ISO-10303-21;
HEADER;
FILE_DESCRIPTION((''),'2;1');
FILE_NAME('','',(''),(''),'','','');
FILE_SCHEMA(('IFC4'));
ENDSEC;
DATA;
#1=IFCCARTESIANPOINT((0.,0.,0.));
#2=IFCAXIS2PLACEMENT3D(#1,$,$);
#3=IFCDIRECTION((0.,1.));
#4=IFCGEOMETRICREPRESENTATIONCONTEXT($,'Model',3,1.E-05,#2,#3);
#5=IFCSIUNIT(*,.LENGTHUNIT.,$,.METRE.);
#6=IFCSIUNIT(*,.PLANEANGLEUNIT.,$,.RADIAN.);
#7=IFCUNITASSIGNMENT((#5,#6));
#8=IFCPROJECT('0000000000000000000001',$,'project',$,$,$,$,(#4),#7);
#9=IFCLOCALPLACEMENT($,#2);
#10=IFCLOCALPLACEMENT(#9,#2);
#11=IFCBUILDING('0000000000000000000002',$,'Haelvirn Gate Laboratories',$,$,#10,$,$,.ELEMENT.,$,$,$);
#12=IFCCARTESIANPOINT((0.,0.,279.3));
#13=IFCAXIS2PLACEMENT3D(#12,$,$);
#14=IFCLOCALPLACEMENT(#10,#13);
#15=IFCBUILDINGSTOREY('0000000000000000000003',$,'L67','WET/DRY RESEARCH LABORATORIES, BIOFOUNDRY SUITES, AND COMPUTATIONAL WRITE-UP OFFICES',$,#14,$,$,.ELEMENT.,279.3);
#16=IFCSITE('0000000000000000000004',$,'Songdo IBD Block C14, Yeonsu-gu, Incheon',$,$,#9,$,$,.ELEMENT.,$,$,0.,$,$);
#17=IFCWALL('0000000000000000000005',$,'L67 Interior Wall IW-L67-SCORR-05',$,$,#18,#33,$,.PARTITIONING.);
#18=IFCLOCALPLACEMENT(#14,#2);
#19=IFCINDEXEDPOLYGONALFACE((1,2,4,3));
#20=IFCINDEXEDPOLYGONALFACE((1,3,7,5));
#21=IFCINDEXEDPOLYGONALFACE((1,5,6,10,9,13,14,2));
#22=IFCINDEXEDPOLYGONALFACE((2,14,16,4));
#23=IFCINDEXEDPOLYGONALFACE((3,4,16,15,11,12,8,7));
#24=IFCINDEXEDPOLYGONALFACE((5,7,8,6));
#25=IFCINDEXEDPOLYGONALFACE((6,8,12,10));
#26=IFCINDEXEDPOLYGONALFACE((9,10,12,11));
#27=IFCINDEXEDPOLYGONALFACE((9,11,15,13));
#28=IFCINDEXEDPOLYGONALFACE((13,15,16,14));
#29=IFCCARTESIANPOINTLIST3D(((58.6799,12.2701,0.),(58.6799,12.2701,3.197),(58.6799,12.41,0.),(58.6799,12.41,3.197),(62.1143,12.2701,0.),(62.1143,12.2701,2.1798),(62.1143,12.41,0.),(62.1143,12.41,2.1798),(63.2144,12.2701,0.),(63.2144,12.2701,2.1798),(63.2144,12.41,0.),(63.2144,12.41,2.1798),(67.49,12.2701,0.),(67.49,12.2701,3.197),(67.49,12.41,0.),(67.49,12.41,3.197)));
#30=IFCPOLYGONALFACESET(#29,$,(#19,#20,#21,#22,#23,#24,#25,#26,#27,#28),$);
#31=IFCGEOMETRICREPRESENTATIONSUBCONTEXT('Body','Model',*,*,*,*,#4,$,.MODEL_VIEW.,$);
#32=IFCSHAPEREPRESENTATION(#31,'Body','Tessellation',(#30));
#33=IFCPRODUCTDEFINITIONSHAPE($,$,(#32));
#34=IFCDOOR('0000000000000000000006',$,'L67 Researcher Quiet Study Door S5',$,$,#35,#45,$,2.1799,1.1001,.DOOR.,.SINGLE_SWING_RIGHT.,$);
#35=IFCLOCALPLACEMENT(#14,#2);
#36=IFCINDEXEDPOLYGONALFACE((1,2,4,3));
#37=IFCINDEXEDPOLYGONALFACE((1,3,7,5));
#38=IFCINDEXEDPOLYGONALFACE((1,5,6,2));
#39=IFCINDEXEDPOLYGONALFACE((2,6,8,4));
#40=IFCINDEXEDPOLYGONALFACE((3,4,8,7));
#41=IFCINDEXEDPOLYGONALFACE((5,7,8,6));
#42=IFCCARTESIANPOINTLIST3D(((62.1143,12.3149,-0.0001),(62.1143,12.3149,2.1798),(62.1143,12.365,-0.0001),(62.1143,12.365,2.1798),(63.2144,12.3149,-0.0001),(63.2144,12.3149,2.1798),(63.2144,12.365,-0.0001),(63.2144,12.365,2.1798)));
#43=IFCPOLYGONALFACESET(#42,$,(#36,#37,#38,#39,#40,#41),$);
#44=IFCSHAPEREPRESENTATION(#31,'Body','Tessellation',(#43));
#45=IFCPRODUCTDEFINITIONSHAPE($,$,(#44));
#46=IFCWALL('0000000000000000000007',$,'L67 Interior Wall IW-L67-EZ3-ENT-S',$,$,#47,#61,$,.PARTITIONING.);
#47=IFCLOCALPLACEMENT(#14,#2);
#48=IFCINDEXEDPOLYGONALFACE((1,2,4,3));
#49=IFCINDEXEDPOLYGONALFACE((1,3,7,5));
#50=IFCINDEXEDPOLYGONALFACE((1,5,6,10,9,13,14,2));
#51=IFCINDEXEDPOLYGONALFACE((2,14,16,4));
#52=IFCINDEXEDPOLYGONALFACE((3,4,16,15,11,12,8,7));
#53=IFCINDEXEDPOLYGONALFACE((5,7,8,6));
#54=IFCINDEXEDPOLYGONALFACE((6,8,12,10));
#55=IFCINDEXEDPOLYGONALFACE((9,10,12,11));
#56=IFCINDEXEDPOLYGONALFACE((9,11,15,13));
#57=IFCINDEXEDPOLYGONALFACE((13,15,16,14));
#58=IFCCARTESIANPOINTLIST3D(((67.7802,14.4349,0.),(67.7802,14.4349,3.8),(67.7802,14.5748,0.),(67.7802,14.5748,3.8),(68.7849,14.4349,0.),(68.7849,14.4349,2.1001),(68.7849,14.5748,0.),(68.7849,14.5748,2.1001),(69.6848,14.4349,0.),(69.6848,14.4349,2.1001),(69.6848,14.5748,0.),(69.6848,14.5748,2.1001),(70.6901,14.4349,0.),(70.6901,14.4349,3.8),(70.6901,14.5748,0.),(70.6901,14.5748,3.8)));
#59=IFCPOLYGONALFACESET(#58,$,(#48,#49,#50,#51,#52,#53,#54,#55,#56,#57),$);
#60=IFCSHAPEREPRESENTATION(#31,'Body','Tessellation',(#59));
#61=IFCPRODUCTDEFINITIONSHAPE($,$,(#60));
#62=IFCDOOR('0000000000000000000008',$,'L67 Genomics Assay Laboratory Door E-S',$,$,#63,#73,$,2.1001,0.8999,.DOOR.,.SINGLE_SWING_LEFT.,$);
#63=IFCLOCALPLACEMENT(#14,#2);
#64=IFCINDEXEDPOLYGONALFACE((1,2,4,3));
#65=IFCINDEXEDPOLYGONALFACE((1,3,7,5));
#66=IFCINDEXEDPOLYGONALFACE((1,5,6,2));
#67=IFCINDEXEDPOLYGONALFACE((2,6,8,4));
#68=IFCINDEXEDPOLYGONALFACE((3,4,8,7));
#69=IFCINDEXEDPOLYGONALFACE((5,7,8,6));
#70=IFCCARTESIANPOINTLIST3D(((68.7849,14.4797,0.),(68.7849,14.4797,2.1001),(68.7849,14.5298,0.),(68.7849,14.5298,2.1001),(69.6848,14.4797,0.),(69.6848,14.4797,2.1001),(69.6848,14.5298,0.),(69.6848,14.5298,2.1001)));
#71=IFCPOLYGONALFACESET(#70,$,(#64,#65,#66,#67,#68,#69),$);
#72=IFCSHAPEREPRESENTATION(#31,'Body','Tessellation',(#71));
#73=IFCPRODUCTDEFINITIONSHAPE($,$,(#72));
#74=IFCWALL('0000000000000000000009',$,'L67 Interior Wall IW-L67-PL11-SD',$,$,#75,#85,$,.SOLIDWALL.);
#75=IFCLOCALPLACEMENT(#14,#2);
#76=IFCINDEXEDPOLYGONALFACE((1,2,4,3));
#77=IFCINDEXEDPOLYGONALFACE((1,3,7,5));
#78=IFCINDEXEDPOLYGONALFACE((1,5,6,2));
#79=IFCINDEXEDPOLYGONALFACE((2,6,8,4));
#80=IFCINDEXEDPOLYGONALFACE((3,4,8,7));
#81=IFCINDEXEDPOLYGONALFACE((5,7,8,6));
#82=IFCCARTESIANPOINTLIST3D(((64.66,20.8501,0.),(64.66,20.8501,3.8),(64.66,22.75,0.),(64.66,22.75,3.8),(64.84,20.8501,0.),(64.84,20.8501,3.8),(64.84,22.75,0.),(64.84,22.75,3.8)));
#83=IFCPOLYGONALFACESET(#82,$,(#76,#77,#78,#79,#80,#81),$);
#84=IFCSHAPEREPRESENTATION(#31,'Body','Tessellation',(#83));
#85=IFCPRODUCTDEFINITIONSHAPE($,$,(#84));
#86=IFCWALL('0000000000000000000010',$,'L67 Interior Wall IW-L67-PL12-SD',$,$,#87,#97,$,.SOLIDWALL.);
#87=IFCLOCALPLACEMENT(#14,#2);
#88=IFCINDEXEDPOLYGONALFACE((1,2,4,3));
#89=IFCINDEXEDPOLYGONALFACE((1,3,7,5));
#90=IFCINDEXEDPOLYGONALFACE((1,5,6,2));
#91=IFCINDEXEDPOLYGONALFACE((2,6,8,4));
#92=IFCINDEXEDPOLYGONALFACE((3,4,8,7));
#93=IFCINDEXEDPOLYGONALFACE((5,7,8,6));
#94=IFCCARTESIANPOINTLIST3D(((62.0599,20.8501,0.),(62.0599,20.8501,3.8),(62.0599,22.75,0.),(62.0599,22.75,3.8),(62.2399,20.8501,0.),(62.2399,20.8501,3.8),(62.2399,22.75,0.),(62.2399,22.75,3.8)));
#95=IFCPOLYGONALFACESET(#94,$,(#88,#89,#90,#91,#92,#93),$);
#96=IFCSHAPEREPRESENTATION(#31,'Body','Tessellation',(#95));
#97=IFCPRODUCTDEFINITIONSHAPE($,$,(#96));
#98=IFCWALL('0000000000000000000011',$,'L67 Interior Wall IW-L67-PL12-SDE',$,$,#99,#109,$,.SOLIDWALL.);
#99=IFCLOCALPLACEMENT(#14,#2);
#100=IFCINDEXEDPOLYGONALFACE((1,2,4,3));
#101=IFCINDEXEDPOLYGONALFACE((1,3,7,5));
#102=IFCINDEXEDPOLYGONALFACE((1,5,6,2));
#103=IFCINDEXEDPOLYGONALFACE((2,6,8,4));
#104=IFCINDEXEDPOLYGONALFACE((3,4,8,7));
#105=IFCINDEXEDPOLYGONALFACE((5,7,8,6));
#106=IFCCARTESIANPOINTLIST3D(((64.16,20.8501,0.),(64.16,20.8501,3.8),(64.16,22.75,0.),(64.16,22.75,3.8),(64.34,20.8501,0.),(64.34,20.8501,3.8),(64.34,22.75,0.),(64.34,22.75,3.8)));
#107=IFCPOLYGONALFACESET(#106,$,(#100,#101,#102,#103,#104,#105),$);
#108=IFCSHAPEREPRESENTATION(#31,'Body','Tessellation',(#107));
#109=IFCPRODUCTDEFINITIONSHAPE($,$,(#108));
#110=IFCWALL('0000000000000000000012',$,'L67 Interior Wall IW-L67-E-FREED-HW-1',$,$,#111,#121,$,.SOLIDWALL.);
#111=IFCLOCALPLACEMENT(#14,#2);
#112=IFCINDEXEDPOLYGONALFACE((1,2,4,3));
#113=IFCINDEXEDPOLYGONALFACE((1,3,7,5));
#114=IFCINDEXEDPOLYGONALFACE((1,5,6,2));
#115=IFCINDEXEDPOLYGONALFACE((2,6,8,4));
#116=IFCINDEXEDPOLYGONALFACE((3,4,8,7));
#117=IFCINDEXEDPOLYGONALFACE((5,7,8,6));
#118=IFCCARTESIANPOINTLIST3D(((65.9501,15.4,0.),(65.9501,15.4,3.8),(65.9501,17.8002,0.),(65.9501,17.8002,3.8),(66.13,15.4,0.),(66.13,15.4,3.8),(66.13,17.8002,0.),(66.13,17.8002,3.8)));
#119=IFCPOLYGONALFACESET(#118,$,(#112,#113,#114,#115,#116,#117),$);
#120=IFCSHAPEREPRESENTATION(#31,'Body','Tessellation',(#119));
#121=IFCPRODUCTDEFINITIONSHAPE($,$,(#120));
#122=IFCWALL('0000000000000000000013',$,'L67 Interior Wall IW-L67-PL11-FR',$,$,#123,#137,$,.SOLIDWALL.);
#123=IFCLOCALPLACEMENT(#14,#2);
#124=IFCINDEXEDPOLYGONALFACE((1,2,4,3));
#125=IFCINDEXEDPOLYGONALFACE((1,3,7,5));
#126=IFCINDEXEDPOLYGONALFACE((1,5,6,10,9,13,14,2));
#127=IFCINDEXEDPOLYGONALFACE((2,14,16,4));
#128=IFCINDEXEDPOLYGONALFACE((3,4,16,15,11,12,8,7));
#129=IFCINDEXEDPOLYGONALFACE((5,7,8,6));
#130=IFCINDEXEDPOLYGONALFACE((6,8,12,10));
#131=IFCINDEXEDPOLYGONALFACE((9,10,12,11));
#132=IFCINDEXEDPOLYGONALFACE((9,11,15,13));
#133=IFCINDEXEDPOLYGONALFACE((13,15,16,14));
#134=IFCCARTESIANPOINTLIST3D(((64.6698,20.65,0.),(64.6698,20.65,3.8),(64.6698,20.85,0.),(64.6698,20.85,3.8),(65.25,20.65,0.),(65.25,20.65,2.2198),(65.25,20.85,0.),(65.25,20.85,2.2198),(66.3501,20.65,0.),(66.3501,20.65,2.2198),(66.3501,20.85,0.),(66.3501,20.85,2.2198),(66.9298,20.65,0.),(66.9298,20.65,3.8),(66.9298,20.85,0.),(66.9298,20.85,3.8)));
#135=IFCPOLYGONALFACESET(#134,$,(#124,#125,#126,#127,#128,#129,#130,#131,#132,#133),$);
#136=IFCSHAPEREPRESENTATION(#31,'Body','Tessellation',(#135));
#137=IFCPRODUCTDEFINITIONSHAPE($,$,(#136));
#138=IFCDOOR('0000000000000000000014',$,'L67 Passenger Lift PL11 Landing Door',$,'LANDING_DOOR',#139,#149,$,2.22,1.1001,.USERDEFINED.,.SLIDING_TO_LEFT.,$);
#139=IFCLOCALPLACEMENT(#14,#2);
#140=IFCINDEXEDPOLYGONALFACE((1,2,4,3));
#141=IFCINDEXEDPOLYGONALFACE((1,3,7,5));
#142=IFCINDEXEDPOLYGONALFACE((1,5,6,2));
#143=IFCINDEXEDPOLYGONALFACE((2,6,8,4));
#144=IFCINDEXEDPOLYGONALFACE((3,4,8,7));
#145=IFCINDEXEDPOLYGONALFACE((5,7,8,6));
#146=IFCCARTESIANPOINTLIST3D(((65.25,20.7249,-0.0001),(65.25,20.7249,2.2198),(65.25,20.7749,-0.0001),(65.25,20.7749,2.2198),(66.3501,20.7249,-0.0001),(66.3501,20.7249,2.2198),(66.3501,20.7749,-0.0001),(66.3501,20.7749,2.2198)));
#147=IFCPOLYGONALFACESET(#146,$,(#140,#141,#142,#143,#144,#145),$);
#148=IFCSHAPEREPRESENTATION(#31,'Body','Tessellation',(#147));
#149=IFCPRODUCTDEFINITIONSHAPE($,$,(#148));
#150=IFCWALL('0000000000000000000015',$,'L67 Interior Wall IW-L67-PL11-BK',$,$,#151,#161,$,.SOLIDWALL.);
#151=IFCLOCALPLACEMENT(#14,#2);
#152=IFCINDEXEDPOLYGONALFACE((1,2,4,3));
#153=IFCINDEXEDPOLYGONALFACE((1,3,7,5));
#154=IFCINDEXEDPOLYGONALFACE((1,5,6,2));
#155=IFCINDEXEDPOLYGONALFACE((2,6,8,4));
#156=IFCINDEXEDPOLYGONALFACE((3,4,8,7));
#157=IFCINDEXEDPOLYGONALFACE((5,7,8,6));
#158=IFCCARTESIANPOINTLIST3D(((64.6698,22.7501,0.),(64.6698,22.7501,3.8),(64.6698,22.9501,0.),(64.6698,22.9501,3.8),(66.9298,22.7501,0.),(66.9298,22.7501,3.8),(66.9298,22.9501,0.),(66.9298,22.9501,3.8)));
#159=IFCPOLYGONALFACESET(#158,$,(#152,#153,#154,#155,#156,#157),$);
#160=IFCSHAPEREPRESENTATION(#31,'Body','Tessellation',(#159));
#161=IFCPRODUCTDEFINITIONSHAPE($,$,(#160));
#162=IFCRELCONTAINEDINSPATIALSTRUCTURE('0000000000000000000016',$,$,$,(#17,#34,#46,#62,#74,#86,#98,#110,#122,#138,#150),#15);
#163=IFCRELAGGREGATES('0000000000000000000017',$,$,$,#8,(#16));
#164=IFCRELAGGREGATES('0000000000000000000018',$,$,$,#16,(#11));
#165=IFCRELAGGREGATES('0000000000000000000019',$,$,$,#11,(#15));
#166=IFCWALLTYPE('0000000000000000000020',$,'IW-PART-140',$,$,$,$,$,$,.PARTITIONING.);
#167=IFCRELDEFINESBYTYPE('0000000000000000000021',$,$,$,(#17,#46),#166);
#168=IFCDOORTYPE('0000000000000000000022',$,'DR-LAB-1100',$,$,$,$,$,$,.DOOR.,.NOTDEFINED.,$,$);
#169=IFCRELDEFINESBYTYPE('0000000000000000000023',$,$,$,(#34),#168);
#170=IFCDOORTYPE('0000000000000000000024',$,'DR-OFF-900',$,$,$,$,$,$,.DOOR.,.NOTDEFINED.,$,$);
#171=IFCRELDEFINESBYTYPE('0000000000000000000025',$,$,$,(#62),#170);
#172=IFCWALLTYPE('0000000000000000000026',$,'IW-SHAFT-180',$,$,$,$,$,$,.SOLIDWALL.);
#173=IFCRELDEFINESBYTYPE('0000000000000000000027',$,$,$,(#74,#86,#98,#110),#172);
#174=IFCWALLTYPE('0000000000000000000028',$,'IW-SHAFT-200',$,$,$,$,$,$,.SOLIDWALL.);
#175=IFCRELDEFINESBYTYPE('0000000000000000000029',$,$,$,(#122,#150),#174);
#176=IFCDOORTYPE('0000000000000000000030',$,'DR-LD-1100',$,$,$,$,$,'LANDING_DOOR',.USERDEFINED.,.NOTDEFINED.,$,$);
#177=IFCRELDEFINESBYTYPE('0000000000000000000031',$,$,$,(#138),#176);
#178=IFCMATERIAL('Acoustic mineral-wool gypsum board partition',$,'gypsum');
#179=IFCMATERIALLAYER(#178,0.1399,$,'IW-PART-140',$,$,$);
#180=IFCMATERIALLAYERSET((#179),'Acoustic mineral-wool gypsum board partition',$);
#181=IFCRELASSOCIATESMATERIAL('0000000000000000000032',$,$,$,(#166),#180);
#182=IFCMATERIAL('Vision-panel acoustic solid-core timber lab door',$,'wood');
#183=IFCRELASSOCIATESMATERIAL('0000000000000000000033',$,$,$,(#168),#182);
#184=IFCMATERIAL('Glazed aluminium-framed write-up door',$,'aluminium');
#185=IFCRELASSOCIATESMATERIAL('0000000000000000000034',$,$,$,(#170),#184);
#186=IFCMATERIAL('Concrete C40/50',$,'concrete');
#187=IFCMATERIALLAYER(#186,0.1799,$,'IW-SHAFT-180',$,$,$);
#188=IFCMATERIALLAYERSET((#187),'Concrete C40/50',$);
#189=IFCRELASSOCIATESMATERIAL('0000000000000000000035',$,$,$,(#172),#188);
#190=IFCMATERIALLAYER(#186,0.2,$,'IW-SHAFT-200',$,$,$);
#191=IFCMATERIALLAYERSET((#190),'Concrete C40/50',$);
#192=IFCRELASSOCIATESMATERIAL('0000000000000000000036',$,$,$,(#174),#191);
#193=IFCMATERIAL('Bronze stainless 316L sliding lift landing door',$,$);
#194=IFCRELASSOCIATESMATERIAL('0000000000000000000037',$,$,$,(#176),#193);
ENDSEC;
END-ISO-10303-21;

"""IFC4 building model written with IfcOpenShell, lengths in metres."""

from ifc_helpers import new_model, si_unit, direction, frame, frame_2d, origin, place, context, subcontext, project, spatial, rectangle, extrude, source, transform, mapped, material, layer, layer_set, type_object, type_shapes, element, fill, save


model = new_model("IFC4")

# Units and contexts
model_context = context("Model", 3, precision=1e-05, world=origin(), true_north=direction((0.0, 1.0)))
body_context = subcontext(model_context, "Body", "Model", "MODEL_VIEW")
ifc_project = project(units=[si_unit("LENGTHUNIT", "METRE"), si_unit("PLANEANGLEUNIT", "RADIAN")], contexts=[model_context])

# Site, building, storey
site_placement = place(None, origin())
site = spatial("IfcSite", under=ifc_project, at=site_placement, Name="Songdo IBD Block C14, Yeonsu-gu, Incheon", CompositionType="ELEMENT", RefElevation=0.0)
building_placement = place(site_placement, origin())
building = spatial("IfcBuilding", under=site, at=building_placement, Name="Haelvirn Gate Laboratories", CompositionType="ELEMENT")
storey_placement = place(building_placement, frame((0.0, 0.0, 279.3)))
storey = spatial("IfcBuildingStorey", under=building, at=storey_placement, Name="L67", Description="WET/DRY RESEARCH LABORATORIES, BIOFOUNDRY SUITES, AND COMPUTATIONAL WRITE-UP OFFICES", CompositionType="ELEMENT", Elevation=279.3)

# Walls, openings, doors
ifc_material_1 = material(Name="Acoustic mineral-wool gypsum board partition", Category="gypsum")
ifc_layer_1 = layer(ifc_material_1, 0.1399, Name="IW-PART-140")
ifc_layer_set_1 = layer_set([ifc_layer_1], Name="Acoustic mineral-wool gypsum board partition")
wall_type_1 = type_object("IfcWallType", Name="IW-PART-140", PredefinedType="PARTITIONING", material=ifc_layer_set_1)
wall_1_placement = place(storey_placement, frame((58.6799, 12.3401, 0.0), z_axis=(0.0, 0.0, 1.0), x_axis=(1.0, 0.0, 0.0)))
wall_1 = element("IfcWall", 1, at=wall_1_placement, inside=storey, type_object=wall_type_1, Name="L67 Interior Wall IW-L67-SCORR-05", PredefinedType="PARTITIONING", context=body_context, shape_type="SweptSolid", body=[
    extrude(rectangle(XDim=8.8101, YDim=0.1399, at=frame_2d((4.405, 0.0))), origin(), (0.0, 0.0, 1.0), 3.197),
])
opening_1_placement = place(wall_1_placement, frame((3.4343, 0.0, 0.0)))
opening_1 = element("IfcOpeningElement", 2, at=opening_1_placement, cuts=wall_1, PredefinedType="OPENING", context=body_context, shape_type="SweptSolid", body=[
    extrude(rectangle(XDim=1.1001, YDim=2.1799, at=frame_2d((0.55, 1.0898))), frame((0.0, 0.0801, 0.0), z_axis=(0.0, -1.0, 0.0), x_axis=(1.0, 0.0, 0.0)), (0.0, 0.0, 1.0), 0.1599),
])
ifc_material_2 = material(Name="Vision-panel acoustic solid-core timber lab door", Category="wood")
door_type_1 = type_object("IfcDoorType", Name="DR-LAB-1100", OperationType="NOTDEFINED", PredefinedType="DOOR", material=ifc_material_2)
shared_shape_1 = source(origin(), body_context, "Body", "SweptSolid", [
    extrude(rectangle(XDim=1.1001, YDim=2.1799, at=frame_2d((0.55, 1.0898))), frame((0.0, 0.0249, 0.0), z_axis=(0.0, -1.0, 0.0), x_axis=(1.0, 0.0, 0.0)), (0.0, 0.0, 1.0), 0.05),
])
type_shapes(door_type_1, [shared_shape_1])
door_1_placement = place(opening_1_placement, origin())
door_1 = element("IfcDoor", 3, at=door_1_placement, inside=storey, type_object=door_type_1, Name="L67 Researcher Quiet Study Door S5", OperationType="SINGLE_SWING_RIGHT", OverallHeight=2.1799, OverallWidth=1.1001, PredefinedType="DOOR", context=body_context, shape_type="MappedRepresentation", body=[
    mapped(shared_shape_1, transform((0.0, 0.0, 0.0), scale=1.0)),
])
fill(opening_1, door_1)
wall_2_placement = place(storey_placement, frame((67.78, 14.5049, 0.0), z_axis=(0.0, 0.0, 1.0), x_axis=(1.0, 0.0, 0.0)))
wall_2 = element("IfcWall", 4, at=wall_2_placement, inside=storey, type_object=wall_type_1, Name="L67 Interior Wall IW-L67-EZ3-ENT-S", PredefinedType="PARTITIONING", context=body_context, shape_type="SweptSolid", body=[
    extrude(rectangle(XDim=2.9099, YDim=0.1399, at=frame_2d((1.4551, 0.0))), origin(), (0.0, 0.0, 1.0), 3.8),
])
opening_2_placement = place(wall_2_placement, frame((1.0049, 0.0, 0.0)))
opening_2 = element("IfcOpeningElement", 5, at=opening_2_placement, cuts=wall_2, PredefinedType="OPENING", context=body_context, shape_type="SweptSolid", body=[
    extrude(rectangle(XDim=0.8999, YDim=2.1001, at=frame_2d((0.45, 1.05))), frame((0.0, 0.0801, 0.0), z_axis=(0.0, -1.0, 0.0), x_axis=(1.0, 0.0, 0.0)), (0.0, 0.0, 1.0), 0.1599),
])
ifc_material_3 = material(Name="Glazed aluminium-framed write-up door", Category="aluminium")
door_type_2 = type_object("IfcDoorType", Name="DR-OFF-900", OperationType="NOTDEFINED", PredefinedType="DOOR", material=ifc_material_3)
shared_shape_2 = source(origin(), body_context, "Body", "SweptSolid", [
    extrude(rectangle(XDim=0.8999, YDim=2.1001, at=frame_2d((0.45, 1.05))), frame((0.0, 0.0249, 0.0), z_axis=(0.0, -1.0, 0.0), x_axis=(1.0, 0.0, 0.0)), (0.0, 0.0, 1.0), 0.05),
])
type_shapes(door_type_2, [shared_shape_2])
door_2_placement = place(opening_2_placement, origin())
door_2 = element("IfcDoor", 6, at=door_2_placement, inside=storey, type_object=door_type_2, Name="L67 Genomics Assay Laboratory Door E-S", OperationType="SINGLE_SWING_LEFT", OverallHeight=2.1001, OverallWidth=0.8999, PredefinedType="DOOR", context=body_context, shape_type="MappedRepresentation", body=[
    mapped(shared_shape_2, transform((0.0, 0.0, 0.0), scale=1.0)),
])
fill(opening_2, door_2)

# Walls
ifc_material_4 = material(Name="Concrete C40/50", Category="concrete")
ifc_layer_2 = layer(ifc_material_4, 0.1799, Name="IW-SHAFT-180")
ifc_layer_set_2 = layer_set([ifc_layer_2], Name="Concrete C40/50")
wall_type_2 = type_object("IfcWallType", Name="IW-SHAFT-180", PredefinedType="SOLIDWALL", material=ifc_layer_set_2)
for number, where, z_axis, x_axis, name in (
    (7, (64.75, 20.8501, 0.0), (0.0, 0.0, 1.0), (0.0, 1.0, 0.0), "L67 Interior Wall IW-L67-PL11-SD"),
    (8, (62.1499, 20.8501, 0.0), (0.0, 0.0, 1.0), (0.0, 1.0, 0.0), "L67 Interior Wall IW-L67-PL12-SD"),
    (9, (64.25, 20.8501, 0.0), (0.0, 0.0, 1.0), (0.0, 1.0, 0.0), "L67 Interior Wall IW-L67-PL12-SDE"),
):
    element("IfcWall", number, at=place(storey_placement, frame(where, z_axis=z_axis, x_axis=x_axis)), inside=storey, type_object=wall_type_2, Name=name, PredefinedType="SOLIDWALL", context=body_context, shape_type="SweptSolid", body=[
        extrude(rectangle(XDim=1.8999, YDim=0.1799, at=frame_2d((0.95, 0.0))), origin(), (0.0, 0.0, 1.0), 3.8),
    ])
wall_3_placement = place(storey_placement, frame((66.04, 15.3999, 0.0), z_axis=(0.0, 0.0, 1.0), x_axis=(0.0, 1.0, 0.0)))
element("IfcWall", 10, at=wall_3_placement, inside=storey, type_object=wall_type_2, Name="L67 Interior Wall IW-L67-E-FREED-HW-1", PredefinedType="SOLIDWALL", context=body_context, shape_type="SweptSolid", body=[
    extrude(rectangle(XDim=2.4001, YDim=0.1799, at=frame_2d((1.2002, 0.0))), origin(), (0.0, 0.0, 1.0), 3.8),
])

# Wall, opening, door
ifc_layer_3 = layer(ifc_material_4, 0.2, Name="IW-SHAFT-200")
ifc_layer_set_3 = layer_set([ifc_layer_3], Name="Concrete C40/50")
wall_type_3 = type_object("IfcWallType", Name="IW-SHAFT-200", PredefinedType="SOLIDWALL", material=ifc_layer_set_3)
wall_4_placement = place(storey_placement, frame((64.6699, 20.75, 0.0), z_axis=(0.0, 0.0, 1.0), x_axis=(1.0, 0.0, 0.0)))
wall_4 = element("IfcWall", 11, at=wall_4_placement, inside=storey, type_object=wall_type_3, Name="L67 Interior Wall IW-L67-PL11-FR", PredefinedType="SOLIDWALL", context=body_context, shape_type="SweptSolid", body=[
    extrude(rectangle(XDim=2.26, YDim=0.2, at=frame_2d((1.1299, 0.0))), origin(), (0.0, 0.0, 1.0), 3.8),
])
opening_3_placement = place(wall_4_placement, frame((0.5801, 0.0, 0.0)))
opening_3 = element("IfcOpeningElement", 12, at=opening_3_placement, cuts=wall_4, PredefinedType="OPENING", context=body_context, shape_type="SweptSolid", body=[
    extrude(rectangle(XDim=1.1001, YDim=2.22, at=frame_2d((0.55, 1.1099))), frame((0.0, 0.1099, 0.0), z_axis=(0.0, -1.0, 0.0), x_axis=(1.0, 0.0, 0.0)), (0.0, 0.0, 1.0), 0.22),
])
ifc_material_5 = material(Name="Bronze stainless 316L sliding lift landing door")
door_type_3 = type_object("IfcDoorType", Name="DR-LD-1100", ElementType="LANDING_DOOR", OperationType="NOTDEFINED", PredefinedType="USERDEFINED", material=ifc_material_5)
shared_shape_3 = source(origin(), body_context, "Body", "SweptSolid", [
    extrude(rectangle(XDim=1.1001, YDim=2.22, at=frame_2d((0.55, 1.1099))), frame((0.0, 0.0249, 0.0), z_axis=(0.0, -1.0, 0.0), x_axis=(1.0, 0.0, 0.0)), (0.0, 0.0, 1.0), 0.05),
])
type_shapes(door_type_3, [shared_shape_3])
door_3_placement = place(opening_3_placement, origin())
door_3 = element("IfcDoor", 13, at=door_3_placement, inside=storey, type_object=door_type_3, Name="L67 Passenger Lift PL11 Landing Door", ObjectType="LANDING_DOOR", OperationType="SLIDING_TO_LEFT", OverallHeight=2.22, OverallWidth=1.1001, PredefinedType="USERDEFINED", context=body_context, shape_type="MappedRepresentation", body=[
    mapped(shared_shape_3, transform((0.0, 0.0, 0.0), scale=1.0)),
])
fill(opening_3, door_3)

# Wall
wall_5_placement = place(storey_placement, frame((64.6699, 22.8501, 0.0), z_axis=(0.0, 0.0, 1.0), x_axis=(1.0, 0.0, 0.0)))
element("IfcWall", 14, at=wall_5_placement, inside=storey, type_object=wall_type_3, Name="L67 Interior Wall IW-L67-PL11-BK", PredefinedType="SOLIDWALL", context=body_context, shape_type="SweptSolid", body=[
    extrude(rectangle(XDim=2.26, YDim=0.2, at=frame_2d((1.1299, 0.0))), origin(), (0.0, 0.0, 1.0), 3.8),
])

save(model, "model.ifc")
